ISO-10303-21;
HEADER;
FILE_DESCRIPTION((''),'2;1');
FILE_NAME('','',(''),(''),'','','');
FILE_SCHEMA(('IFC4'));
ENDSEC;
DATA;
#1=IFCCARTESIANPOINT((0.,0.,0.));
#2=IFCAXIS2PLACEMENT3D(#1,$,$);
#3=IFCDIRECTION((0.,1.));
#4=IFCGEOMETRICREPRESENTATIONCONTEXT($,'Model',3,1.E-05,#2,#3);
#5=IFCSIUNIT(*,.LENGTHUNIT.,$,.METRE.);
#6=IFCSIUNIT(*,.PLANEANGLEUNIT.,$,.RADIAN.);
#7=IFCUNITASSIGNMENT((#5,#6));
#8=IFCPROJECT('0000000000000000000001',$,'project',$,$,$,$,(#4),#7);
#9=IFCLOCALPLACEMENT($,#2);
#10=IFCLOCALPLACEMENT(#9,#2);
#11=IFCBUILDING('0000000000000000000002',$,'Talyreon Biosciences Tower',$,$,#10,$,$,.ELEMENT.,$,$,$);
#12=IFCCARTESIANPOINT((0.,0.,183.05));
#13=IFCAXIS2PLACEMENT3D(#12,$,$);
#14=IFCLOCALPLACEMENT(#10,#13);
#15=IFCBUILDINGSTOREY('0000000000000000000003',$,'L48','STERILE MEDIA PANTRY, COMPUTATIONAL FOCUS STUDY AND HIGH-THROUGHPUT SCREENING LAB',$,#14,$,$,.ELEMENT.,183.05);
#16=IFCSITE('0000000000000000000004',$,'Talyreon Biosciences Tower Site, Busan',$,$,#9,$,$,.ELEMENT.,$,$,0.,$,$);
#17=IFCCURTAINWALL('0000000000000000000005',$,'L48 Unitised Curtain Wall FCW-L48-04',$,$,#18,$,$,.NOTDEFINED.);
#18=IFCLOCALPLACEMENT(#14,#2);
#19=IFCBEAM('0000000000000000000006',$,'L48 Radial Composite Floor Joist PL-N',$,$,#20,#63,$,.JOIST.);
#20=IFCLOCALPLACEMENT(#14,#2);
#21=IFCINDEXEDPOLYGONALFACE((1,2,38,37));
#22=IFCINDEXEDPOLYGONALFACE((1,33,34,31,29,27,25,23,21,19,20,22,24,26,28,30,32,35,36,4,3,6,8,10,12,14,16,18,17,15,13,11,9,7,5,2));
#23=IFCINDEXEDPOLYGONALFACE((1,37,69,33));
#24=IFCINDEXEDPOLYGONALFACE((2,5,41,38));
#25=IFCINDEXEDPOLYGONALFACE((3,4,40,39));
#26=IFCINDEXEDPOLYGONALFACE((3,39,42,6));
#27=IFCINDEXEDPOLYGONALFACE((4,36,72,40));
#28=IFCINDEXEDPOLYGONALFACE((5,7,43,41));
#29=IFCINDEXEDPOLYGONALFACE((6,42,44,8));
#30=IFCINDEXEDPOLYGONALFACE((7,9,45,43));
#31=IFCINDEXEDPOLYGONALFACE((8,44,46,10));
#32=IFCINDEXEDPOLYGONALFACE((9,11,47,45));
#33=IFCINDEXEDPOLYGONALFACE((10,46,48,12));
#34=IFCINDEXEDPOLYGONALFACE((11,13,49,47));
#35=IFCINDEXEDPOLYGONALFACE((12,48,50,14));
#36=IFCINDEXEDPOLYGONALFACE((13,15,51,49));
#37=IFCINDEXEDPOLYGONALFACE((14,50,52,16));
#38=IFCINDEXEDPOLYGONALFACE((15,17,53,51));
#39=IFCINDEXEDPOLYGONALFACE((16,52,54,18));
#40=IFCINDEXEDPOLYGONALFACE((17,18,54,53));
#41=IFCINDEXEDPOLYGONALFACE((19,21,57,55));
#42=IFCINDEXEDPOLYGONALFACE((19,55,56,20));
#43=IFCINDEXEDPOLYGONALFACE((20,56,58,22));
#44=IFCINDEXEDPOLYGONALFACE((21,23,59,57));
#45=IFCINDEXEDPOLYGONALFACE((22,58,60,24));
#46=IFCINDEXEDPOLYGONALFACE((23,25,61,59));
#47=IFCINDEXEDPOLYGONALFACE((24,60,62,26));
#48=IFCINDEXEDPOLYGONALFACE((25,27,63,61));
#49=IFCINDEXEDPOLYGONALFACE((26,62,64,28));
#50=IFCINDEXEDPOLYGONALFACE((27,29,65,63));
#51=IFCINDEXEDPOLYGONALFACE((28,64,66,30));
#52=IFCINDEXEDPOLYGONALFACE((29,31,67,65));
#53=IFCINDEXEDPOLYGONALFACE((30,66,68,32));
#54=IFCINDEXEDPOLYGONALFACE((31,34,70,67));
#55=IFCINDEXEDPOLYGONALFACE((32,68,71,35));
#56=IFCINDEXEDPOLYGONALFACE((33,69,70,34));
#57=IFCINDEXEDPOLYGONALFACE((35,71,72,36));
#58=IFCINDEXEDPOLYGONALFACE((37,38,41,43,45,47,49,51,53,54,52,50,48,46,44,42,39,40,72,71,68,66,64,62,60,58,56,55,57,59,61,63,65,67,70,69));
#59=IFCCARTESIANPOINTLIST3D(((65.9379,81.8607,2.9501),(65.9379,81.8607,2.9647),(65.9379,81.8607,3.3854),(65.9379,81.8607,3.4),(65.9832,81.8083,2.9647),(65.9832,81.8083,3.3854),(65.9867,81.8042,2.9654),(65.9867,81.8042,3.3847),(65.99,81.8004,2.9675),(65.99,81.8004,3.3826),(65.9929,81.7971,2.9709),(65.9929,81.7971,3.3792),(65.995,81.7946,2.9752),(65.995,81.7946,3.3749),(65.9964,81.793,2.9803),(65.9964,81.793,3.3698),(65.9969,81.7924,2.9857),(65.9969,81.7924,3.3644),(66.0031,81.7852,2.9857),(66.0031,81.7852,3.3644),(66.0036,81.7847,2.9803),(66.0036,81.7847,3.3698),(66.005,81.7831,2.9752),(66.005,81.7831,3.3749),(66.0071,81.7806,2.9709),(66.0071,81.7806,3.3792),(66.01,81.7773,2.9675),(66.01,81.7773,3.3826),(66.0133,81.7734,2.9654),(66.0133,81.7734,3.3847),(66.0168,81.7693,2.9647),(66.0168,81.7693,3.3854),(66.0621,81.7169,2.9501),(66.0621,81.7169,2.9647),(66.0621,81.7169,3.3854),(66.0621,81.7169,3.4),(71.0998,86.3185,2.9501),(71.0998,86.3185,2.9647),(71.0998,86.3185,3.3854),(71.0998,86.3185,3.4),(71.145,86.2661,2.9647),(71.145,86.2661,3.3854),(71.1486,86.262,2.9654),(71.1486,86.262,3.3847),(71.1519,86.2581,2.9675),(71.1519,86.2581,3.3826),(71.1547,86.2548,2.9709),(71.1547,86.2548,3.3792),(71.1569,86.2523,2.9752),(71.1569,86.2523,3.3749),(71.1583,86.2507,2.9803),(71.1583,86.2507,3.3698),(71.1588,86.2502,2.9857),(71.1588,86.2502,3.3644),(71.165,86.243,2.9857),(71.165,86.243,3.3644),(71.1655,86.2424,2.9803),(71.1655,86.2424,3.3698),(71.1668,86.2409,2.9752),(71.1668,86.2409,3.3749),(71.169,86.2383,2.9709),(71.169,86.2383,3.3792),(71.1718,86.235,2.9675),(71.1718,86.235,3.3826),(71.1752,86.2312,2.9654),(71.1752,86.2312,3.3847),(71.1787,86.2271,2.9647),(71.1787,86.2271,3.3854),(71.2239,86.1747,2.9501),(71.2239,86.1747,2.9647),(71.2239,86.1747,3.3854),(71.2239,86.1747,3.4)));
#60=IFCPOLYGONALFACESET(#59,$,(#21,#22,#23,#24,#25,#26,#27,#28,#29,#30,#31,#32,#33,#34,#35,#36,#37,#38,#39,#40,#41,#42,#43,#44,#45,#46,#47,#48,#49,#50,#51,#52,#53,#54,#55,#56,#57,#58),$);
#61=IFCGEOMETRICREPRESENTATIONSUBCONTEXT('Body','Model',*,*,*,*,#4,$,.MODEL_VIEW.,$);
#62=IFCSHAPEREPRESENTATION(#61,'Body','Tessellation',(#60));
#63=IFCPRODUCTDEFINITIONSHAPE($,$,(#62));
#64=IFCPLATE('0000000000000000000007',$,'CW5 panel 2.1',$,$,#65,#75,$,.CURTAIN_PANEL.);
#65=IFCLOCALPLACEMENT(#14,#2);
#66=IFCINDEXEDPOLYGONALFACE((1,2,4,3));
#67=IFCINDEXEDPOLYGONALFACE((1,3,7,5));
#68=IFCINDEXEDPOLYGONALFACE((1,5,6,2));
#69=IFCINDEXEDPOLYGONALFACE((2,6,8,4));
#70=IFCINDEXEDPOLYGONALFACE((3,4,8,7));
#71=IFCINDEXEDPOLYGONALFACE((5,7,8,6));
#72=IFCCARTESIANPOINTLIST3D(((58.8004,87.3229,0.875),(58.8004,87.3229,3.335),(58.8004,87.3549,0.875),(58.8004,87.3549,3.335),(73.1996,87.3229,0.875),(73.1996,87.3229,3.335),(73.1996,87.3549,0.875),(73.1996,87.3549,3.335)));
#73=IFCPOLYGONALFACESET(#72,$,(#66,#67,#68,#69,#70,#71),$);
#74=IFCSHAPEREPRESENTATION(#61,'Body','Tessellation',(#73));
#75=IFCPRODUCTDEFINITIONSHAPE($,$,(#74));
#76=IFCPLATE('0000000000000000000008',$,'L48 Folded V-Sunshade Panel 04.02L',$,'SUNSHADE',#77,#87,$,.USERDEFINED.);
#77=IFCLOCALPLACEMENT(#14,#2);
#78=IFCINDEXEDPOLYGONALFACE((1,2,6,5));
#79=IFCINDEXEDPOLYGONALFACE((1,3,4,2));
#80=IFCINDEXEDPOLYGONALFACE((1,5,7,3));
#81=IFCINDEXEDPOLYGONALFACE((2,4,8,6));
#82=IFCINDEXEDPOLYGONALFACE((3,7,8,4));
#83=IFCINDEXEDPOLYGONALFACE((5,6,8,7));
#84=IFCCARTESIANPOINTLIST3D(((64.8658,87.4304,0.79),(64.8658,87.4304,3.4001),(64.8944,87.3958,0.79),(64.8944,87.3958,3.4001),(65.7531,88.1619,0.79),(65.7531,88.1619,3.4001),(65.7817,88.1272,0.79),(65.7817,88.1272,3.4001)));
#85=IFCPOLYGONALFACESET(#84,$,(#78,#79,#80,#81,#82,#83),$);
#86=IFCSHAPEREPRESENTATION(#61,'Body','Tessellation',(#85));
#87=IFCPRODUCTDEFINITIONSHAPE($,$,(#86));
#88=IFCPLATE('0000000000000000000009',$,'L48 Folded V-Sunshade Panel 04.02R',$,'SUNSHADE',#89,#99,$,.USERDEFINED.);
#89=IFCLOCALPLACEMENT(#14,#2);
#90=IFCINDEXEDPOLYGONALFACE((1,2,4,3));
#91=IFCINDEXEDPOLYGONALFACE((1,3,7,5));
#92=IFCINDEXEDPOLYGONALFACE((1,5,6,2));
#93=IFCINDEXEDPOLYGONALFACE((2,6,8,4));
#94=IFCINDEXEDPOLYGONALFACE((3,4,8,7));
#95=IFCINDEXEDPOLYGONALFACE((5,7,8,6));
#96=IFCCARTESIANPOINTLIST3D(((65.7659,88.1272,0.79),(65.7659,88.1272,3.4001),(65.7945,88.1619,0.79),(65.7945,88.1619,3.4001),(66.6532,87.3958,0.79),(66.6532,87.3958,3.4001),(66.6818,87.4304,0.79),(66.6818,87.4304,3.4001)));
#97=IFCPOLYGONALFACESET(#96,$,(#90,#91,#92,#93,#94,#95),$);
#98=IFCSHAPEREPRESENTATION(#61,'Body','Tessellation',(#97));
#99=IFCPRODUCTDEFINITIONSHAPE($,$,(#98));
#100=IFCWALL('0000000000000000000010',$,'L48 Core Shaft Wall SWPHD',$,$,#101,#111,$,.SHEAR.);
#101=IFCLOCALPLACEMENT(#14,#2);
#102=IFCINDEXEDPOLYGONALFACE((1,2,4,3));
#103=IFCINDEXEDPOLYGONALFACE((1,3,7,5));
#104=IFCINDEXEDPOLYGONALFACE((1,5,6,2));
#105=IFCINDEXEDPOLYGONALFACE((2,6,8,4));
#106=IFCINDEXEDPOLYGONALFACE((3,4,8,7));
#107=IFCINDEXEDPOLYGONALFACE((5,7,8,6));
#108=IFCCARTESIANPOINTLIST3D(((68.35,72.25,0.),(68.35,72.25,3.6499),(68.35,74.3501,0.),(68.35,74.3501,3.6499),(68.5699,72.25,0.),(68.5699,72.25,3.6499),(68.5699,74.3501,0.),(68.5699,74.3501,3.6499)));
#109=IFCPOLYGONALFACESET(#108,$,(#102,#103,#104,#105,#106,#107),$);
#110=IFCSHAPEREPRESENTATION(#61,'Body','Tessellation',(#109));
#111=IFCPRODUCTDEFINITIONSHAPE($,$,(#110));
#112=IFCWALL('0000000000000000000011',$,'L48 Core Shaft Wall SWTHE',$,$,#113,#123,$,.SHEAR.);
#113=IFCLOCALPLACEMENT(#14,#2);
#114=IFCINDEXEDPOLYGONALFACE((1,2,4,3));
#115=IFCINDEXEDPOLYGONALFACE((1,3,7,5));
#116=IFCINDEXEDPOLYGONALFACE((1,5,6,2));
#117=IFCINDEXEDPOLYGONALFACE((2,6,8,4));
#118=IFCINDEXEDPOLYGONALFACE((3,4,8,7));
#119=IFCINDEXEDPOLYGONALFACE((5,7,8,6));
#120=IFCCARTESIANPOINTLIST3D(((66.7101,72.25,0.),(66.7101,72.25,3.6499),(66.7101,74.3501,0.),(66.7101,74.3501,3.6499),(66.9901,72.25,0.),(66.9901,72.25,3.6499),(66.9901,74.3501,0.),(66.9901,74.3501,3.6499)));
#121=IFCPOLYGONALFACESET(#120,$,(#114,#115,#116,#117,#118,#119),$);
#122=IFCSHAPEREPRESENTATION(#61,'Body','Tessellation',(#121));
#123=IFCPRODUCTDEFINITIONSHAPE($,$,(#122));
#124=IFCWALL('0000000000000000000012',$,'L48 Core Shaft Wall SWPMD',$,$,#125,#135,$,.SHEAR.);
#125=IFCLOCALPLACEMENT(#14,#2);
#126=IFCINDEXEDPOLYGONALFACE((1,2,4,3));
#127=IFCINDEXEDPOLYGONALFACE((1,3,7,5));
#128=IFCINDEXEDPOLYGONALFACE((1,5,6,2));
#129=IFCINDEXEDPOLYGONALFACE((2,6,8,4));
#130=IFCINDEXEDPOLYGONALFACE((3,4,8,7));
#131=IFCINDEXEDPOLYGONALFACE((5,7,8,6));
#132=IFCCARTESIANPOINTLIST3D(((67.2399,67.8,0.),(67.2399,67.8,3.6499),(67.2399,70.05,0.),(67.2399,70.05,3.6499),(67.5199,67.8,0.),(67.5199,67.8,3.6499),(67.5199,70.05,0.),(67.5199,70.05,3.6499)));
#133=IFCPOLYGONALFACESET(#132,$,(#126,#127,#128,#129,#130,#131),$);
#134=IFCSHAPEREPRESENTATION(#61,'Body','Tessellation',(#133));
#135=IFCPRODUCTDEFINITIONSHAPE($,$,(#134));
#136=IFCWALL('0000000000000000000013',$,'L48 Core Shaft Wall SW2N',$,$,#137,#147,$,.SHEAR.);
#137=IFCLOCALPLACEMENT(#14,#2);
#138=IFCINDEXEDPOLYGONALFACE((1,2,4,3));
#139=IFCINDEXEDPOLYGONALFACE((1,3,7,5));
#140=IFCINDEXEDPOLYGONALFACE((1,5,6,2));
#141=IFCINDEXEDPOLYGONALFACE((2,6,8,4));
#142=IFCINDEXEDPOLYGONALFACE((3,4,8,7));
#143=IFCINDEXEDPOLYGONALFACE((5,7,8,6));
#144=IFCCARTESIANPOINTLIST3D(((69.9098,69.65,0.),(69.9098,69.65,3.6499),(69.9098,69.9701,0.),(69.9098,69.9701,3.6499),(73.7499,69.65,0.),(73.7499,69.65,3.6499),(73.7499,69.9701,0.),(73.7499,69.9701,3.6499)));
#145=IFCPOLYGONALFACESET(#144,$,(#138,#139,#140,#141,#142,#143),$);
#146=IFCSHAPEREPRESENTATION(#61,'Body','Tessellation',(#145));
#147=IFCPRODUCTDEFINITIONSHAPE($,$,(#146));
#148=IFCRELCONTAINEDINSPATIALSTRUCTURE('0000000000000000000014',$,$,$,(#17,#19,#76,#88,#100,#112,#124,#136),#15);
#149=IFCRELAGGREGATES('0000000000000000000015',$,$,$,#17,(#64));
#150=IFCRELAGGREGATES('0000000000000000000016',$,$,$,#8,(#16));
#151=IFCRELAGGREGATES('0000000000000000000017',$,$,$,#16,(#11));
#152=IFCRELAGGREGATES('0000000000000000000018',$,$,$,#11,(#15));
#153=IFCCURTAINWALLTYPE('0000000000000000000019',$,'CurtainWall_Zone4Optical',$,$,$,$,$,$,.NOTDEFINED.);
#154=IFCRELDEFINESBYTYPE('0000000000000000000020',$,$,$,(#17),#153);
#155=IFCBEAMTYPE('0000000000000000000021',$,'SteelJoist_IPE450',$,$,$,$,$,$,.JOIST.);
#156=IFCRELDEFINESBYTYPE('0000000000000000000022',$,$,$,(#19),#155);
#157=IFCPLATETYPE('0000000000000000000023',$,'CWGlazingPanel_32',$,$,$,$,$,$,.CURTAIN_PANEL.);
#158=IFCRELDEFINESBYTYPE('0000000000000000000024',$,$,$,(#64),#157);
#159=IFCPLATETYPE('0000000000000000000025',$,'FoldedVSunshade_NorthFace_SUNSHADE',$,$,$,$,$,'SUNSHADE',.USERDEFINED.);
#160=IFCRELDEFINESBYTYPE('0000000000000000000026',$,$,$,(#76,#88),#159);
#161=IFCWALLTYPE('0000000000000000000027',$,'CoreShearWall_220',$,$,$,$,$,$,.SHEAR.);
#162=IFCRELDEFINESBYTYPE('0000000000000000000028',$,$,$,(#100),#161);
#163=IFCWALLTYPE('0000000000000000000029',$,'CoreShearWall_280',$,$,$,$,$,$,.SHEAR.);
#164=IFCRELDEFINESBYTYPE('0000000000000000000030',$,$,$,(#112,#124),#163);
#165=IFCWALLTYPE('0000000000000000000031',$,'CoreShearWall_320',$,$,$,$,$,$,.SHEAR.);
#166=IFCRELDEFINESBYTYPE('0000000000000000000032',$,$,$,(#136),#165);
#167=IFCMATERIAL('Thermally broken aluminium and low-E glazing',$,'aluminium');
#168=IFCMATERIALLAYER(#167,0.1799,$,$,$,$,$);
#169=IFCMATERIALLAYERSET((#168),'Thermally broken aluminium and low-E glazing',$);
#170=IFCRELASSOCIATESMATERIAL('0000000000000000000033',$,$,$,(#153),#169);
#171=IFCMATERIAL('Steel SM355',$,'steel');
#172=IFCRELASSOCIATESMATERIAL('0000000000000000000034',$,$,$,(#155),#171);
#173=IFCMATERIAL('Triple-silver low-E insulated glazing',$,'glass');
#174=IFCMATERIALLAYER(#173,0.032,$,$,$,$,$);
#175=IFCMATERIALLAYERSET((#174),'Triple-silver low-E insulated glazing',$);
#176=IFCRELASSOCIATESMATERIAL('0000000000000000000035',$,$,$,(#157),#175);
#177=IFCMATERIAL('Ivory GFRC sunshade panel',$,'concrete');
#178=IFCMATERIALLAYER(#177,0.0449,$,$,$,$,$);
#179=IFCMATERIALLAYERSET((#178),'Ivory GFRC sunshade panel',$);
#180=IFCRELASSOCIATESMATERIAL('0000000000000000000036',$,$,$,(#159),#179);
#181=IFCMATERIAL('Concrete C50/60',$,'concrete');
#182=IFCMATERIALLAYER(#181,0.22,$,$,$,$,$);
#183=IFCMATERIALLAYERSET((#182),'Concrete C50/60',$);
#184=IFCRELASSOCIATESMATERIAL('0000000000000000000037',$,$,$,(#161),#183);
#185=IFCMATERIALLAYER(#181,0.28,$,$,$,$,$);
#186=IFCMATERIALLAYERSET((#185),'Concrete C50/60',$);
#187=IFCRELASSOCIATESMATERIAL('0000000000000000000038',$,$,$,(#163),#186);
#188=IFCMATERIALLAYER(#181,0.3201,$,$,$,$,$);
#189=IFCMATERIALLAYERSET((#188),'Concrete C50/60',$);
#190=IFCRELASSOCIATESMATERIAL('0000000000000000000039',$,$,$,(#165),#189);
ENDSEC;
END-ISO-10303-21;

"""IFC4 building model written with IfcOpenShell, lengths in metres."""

from ifc_helpers import new_model, si_unit, direction, frame, frame_2d, origin, origin_2d, place, context, subcontext, project, spatial, rectangle, i_section, extrude, material, layer, layer_set, material_profile, profile_set, type_object, element, aggregate, save


model = new_model("IFC4")

# Units and contexts
model_context = context("Model", 3, precision=1e-05, world=origin(), true_north=direction((0.0, 1.0)))
body_context = subcontext(model_context, "Body", "Model", "MODEL_VIEW")
ifc_project = project(units=[si_unit("LENGTHUNIT", "METRE"), si_unit("PLANEANGLEUNIT", "RADIAN")], contexts=[model_context])

# Site, building, storey
site_placement = place(None, origin())
site = spatial("IfcSite", under=ifc_project, at=site_placement, Name="Talyreon Biosciences Tower Site, Busan", CompositionType="ELEMENT", RefElevation=0.0)
building_placement = place(site_placement, origin())
building = spatial("IfcBuilding", under=site, at=building_placement, Name="Talyreon Biosciences Tower", CompositionType="ELEMENT")
storey_placement = place(building_placement, frame((0.0, 0.0, 183.05)))
storey = spatial("IfcBuildingStorey", under=building, at=storey_placement, Name="L48", Description="STERILE MEDIA PANTRY, COMPUTATIONAL FOCUS STUDY AND HIGH-THROUGHPUT SCREENING LAB", CompositionType="ELEMENT", Elevation=183.05)

# Shared definitions
ifc_material_1 = material(Name="Concrete C50/60", Category="concrete")

# Curtain wall
ifc_material_2 = material(Name="Thermally broken aluminium and low-E glazing", Category="aluminium")
ifc_layer_1 = layer(ifc_material_2, 0.1799)
ifc_layer_set_1 = layer_set([ifc_layer_1], Name="Thermally broken aluminium and low-E glazing")
curtain_wall_type = type_object("IfcCurtainWallType", Name="CurtainWall_Zone4Optical", PredefinedType="NOTDEFINED", material=ifc_layer_set_1)
curtain_wall_placement = place(storey_placement, origin())
curtain_wall = element("IfcCurtainWall", 1, at=curtain_wall_placement, inside=storey, type_object=curtain_wall_type, Name="L48 Unitised Curtain Wall FCW-L48-04", PredefinedType="NOTDEFINED")

# Beam
ifc_material_3 = material(Name="Steel SM355", Category="steel")
ifc_material_profile_1 = material_profile(ifc_material_3, i_section(OverallWidth=0.1899, OverallDepth=0.45, WebThickness=0.0095, FlangeThickness=0.0146, FilletRadius=0.021, at=origin_2d()), Name="IPE450")
ifc_profile_set_1 = profile_set([ifc_material_profile_1], Name="Steel SM355")
beam_type_1 = type_object("IfcBeamType", Name="SteelJoist_IPE450", PredefinedType="JOIST", material=ifc_profile_set_1)
beam_1_placement = place(storey_placement, frame((66.0, 81.7888, 3.175), z_axis=(0.756838, 0.653602, 0.0), x_axis=(-0.653602, 0.756838, 0.0)))
element("IfcBeam", 2, at=beam_1_placement, inside=storey, type_object=beam_type_1, Name="L48 Radial Composite Floor Joist PL-N", PredefinedType="JOIST", context=body_context, shape_type="SweptSolid", body=[
    extrude(i_section(OverallWidth=0.1899, OverallDepth=0.45, WebThickness=0.0095, FlangeThickness=0.0146, FilletRadius=0.021, at=origin_2d()), origin(), (0.0, 0.0, 1.0), 6.8203),
])

# Plate
ifc_material_4 = material(Name="Triple-silver low-E insulated glazing", Category="glass")
ifc_layer_2 = layer(ifc_material_4, 0.032)
ifc_layer_set_2 = layer_set([ifc_layer_2], Name="Triple-silver low-E insulated glazing")
plate_type_1 = type_object("IfcPlateType", Name="CWGlazingPanel_32", PredefinedType="CURTAIN_PANEL", material=ifc_layer_set_2)
plate_placement = place(storey_placement, frame((66.0, 87.3389, 0.875), z_axis=(0.0, 0.0, 1.0), x_axis=(1.0, 0.0, 0.0)))
plate = element("IfcPlate", 3, at=plate_placement, type_object=plate_type_1, Name="CW5 panel 2.1", PredefinedType="CURTAIN_PANEL", context=body_context, shape_type="SweptSolid", body=[
    extrude(rectangle(XDim=14.3992, YDim=0.032, at=origin_2d()), origin(), (0.0, 0.0, 1.0), 2.46),
])
aggregate(curtain_wall, [plate])

# Plates
ifc_material_5 = material(Name="Ivory GFRC sunshade panel", Category="concrete")
ifc_layer_3 = layer(ifc_material_5, 0.0449)
ifc_layer_set_3 = layer_set([ifc_layer_3], Name="Ivory GFRC sunshade panel")
plate_type_2 = type_object("IfcPlateType", Name="FoldedVSunshade_NorthFace_SUNSHADE", ElementType="SUNSHADE", PredefinedType="USERDEFINED", material=ifc_layer_set_3)
for number, where, z_axis, x_axis, name in (
    (4, (65.3237, 87.7788, 0.79), (0.0, 0.0, 1.0), (0.771625, 0.636078, 0.0), "L48 Folded V-Sunshade Panel 04.02L"),
    (5, (66.2239, 87.7788, 0.79), (0.0, 0.0, 1.0), (0.771625, -0.636078, 0.0), "L48 Folded V-Sunshade Panel 04.02R"),
):
    element("IfcPlate", number, at=place(storey_placement, frame(where, z_axis=z_axis, x_axis=x_axis)), inside=storey, type_object=plate_type_2, Name=name, ObjectType="SUNSHADE", PredefinedType="USERDEFINED", context=body_context, shape_type="SweptSolid", body=[
        extrude(rectangle(XDim=1.1499, YDim=0.0449, at=origin_2d()), origin(), (0.0, 0.0, 1.0), 2.6101),
    ])

# Walls
ifc_layer_4 = layer(ifc_material_1, 0.22)
ifc_layer_set_4 = layer_set([ifc_layer_4], Name="Concrete C50/60")
wall_type_1 = type_object("IfcWallType", Name="CoreShearWall_220", PredefinedType="SHEAR", material=ifc_layer_set_4)
wall_1_placement = place(storey_placement, frame((68.46, 72.25, 0.0), z_axis=(0.0, 0.0, 1.0), x_axis=(0.0, 1.0, 0.0)))
element("IfcWall", 6, at=wall_1_placement, inside=storey, type_object=wall_type_1, Name="L48 Core Shaft Wall SWPHD", PredefinedType="SHEAR", context=body_context, shape_type="SweptSolid", body=[
    extrude(rectangle(XDim=2.1001, YDim=0.22, at=frame_2d((1.05, 0.0))), origin(), (0.0, 0.0, 1.0), 3.6499),
])
ifc_layer_5 = layer(ifc_material_1, 0.28)
ifc_layer_set_5 = layer_set([ifc_layer_5], Name="Concrete C50/60")
wall_type_2 = type_object("IfcWallType", Name="CoreShearWall_280", PredefinedType="SHEAR", material=ifc_layer_set_5)
wall_2_placement = place(storey_placement, frame((66.8501, 72.25, 0.0), z_axis=(0.0, 0.0, 1.0), x_axis=(0.0, 1.0, 0.0)))
element("IfcWall", 7, at=wall_2_placement, inside=storey, type_object=wall_type_2, Name="L48 Core Shaft Wall SWTHE", PredefinedType="SHEAR", context=body_context, shape_type="SweptSolid", body=[
    extrude(rectangle(XDim=2.1001, YDim=0.28, at=frame_2d((1.05, 0.0))), origin(), (0.0, 0.0, 1.0), 3.6499),
])
wall_3_placement = place(storey_placement, frame((67.3799, 67.8, 0.0), z_axis=(0.0, 0.0, 1.0), x_axis=(0.0, 1.0, 0.0)))
element("IfcWall", 8, at=wall_3_placement, inside=storey, type_object=wall_type_2, Name="L48 Core Shaft Wall SWPMD", PredefinedType="SHEAR", context=body_context, shape_type="SweptSolid", body=[
    extrude(rectangle(XDim=2.25, YDim=0.28, at=frame_2d((1.125, 0.0))), origin(), (0.0, 0.0, 1.0), 3.6499),
])
ifc_layer_6 = layer(ifc_material_1, 0.3201)
ifc_layer_set_6 = layer_set([ifc_layer_6], Name="Concrete C50/60")
wall_type_3 = type_object("IfcWallType", Name="CoreShearWall_320", PredefinedType="SHEAR", material=ifc_layer_set_6)
wall_4_placement = place(storey_placement, frame((69.9099, 69.8101, 0.0), z_axis=(0.0, 0.0, 1.0), x_axis=(1.0, 0.0, 0.0)))
element("IfcWall", 9, at=wall_4_placement, inside=storey, type_object=wall_type_3, Name="L48 Core Shaft Wall SW2N", PredefinedType="SHEAR", context=body_context, shape_type="SweptSolid", body=[
    extrude(rectangle(XDim=3.8401, YDim=0.3201, at=frame_2d((1.9199, 0.0))), origin(), (0.0, 0.0, 1.0), 3.6499),
])

save(model, "model.ifc")
